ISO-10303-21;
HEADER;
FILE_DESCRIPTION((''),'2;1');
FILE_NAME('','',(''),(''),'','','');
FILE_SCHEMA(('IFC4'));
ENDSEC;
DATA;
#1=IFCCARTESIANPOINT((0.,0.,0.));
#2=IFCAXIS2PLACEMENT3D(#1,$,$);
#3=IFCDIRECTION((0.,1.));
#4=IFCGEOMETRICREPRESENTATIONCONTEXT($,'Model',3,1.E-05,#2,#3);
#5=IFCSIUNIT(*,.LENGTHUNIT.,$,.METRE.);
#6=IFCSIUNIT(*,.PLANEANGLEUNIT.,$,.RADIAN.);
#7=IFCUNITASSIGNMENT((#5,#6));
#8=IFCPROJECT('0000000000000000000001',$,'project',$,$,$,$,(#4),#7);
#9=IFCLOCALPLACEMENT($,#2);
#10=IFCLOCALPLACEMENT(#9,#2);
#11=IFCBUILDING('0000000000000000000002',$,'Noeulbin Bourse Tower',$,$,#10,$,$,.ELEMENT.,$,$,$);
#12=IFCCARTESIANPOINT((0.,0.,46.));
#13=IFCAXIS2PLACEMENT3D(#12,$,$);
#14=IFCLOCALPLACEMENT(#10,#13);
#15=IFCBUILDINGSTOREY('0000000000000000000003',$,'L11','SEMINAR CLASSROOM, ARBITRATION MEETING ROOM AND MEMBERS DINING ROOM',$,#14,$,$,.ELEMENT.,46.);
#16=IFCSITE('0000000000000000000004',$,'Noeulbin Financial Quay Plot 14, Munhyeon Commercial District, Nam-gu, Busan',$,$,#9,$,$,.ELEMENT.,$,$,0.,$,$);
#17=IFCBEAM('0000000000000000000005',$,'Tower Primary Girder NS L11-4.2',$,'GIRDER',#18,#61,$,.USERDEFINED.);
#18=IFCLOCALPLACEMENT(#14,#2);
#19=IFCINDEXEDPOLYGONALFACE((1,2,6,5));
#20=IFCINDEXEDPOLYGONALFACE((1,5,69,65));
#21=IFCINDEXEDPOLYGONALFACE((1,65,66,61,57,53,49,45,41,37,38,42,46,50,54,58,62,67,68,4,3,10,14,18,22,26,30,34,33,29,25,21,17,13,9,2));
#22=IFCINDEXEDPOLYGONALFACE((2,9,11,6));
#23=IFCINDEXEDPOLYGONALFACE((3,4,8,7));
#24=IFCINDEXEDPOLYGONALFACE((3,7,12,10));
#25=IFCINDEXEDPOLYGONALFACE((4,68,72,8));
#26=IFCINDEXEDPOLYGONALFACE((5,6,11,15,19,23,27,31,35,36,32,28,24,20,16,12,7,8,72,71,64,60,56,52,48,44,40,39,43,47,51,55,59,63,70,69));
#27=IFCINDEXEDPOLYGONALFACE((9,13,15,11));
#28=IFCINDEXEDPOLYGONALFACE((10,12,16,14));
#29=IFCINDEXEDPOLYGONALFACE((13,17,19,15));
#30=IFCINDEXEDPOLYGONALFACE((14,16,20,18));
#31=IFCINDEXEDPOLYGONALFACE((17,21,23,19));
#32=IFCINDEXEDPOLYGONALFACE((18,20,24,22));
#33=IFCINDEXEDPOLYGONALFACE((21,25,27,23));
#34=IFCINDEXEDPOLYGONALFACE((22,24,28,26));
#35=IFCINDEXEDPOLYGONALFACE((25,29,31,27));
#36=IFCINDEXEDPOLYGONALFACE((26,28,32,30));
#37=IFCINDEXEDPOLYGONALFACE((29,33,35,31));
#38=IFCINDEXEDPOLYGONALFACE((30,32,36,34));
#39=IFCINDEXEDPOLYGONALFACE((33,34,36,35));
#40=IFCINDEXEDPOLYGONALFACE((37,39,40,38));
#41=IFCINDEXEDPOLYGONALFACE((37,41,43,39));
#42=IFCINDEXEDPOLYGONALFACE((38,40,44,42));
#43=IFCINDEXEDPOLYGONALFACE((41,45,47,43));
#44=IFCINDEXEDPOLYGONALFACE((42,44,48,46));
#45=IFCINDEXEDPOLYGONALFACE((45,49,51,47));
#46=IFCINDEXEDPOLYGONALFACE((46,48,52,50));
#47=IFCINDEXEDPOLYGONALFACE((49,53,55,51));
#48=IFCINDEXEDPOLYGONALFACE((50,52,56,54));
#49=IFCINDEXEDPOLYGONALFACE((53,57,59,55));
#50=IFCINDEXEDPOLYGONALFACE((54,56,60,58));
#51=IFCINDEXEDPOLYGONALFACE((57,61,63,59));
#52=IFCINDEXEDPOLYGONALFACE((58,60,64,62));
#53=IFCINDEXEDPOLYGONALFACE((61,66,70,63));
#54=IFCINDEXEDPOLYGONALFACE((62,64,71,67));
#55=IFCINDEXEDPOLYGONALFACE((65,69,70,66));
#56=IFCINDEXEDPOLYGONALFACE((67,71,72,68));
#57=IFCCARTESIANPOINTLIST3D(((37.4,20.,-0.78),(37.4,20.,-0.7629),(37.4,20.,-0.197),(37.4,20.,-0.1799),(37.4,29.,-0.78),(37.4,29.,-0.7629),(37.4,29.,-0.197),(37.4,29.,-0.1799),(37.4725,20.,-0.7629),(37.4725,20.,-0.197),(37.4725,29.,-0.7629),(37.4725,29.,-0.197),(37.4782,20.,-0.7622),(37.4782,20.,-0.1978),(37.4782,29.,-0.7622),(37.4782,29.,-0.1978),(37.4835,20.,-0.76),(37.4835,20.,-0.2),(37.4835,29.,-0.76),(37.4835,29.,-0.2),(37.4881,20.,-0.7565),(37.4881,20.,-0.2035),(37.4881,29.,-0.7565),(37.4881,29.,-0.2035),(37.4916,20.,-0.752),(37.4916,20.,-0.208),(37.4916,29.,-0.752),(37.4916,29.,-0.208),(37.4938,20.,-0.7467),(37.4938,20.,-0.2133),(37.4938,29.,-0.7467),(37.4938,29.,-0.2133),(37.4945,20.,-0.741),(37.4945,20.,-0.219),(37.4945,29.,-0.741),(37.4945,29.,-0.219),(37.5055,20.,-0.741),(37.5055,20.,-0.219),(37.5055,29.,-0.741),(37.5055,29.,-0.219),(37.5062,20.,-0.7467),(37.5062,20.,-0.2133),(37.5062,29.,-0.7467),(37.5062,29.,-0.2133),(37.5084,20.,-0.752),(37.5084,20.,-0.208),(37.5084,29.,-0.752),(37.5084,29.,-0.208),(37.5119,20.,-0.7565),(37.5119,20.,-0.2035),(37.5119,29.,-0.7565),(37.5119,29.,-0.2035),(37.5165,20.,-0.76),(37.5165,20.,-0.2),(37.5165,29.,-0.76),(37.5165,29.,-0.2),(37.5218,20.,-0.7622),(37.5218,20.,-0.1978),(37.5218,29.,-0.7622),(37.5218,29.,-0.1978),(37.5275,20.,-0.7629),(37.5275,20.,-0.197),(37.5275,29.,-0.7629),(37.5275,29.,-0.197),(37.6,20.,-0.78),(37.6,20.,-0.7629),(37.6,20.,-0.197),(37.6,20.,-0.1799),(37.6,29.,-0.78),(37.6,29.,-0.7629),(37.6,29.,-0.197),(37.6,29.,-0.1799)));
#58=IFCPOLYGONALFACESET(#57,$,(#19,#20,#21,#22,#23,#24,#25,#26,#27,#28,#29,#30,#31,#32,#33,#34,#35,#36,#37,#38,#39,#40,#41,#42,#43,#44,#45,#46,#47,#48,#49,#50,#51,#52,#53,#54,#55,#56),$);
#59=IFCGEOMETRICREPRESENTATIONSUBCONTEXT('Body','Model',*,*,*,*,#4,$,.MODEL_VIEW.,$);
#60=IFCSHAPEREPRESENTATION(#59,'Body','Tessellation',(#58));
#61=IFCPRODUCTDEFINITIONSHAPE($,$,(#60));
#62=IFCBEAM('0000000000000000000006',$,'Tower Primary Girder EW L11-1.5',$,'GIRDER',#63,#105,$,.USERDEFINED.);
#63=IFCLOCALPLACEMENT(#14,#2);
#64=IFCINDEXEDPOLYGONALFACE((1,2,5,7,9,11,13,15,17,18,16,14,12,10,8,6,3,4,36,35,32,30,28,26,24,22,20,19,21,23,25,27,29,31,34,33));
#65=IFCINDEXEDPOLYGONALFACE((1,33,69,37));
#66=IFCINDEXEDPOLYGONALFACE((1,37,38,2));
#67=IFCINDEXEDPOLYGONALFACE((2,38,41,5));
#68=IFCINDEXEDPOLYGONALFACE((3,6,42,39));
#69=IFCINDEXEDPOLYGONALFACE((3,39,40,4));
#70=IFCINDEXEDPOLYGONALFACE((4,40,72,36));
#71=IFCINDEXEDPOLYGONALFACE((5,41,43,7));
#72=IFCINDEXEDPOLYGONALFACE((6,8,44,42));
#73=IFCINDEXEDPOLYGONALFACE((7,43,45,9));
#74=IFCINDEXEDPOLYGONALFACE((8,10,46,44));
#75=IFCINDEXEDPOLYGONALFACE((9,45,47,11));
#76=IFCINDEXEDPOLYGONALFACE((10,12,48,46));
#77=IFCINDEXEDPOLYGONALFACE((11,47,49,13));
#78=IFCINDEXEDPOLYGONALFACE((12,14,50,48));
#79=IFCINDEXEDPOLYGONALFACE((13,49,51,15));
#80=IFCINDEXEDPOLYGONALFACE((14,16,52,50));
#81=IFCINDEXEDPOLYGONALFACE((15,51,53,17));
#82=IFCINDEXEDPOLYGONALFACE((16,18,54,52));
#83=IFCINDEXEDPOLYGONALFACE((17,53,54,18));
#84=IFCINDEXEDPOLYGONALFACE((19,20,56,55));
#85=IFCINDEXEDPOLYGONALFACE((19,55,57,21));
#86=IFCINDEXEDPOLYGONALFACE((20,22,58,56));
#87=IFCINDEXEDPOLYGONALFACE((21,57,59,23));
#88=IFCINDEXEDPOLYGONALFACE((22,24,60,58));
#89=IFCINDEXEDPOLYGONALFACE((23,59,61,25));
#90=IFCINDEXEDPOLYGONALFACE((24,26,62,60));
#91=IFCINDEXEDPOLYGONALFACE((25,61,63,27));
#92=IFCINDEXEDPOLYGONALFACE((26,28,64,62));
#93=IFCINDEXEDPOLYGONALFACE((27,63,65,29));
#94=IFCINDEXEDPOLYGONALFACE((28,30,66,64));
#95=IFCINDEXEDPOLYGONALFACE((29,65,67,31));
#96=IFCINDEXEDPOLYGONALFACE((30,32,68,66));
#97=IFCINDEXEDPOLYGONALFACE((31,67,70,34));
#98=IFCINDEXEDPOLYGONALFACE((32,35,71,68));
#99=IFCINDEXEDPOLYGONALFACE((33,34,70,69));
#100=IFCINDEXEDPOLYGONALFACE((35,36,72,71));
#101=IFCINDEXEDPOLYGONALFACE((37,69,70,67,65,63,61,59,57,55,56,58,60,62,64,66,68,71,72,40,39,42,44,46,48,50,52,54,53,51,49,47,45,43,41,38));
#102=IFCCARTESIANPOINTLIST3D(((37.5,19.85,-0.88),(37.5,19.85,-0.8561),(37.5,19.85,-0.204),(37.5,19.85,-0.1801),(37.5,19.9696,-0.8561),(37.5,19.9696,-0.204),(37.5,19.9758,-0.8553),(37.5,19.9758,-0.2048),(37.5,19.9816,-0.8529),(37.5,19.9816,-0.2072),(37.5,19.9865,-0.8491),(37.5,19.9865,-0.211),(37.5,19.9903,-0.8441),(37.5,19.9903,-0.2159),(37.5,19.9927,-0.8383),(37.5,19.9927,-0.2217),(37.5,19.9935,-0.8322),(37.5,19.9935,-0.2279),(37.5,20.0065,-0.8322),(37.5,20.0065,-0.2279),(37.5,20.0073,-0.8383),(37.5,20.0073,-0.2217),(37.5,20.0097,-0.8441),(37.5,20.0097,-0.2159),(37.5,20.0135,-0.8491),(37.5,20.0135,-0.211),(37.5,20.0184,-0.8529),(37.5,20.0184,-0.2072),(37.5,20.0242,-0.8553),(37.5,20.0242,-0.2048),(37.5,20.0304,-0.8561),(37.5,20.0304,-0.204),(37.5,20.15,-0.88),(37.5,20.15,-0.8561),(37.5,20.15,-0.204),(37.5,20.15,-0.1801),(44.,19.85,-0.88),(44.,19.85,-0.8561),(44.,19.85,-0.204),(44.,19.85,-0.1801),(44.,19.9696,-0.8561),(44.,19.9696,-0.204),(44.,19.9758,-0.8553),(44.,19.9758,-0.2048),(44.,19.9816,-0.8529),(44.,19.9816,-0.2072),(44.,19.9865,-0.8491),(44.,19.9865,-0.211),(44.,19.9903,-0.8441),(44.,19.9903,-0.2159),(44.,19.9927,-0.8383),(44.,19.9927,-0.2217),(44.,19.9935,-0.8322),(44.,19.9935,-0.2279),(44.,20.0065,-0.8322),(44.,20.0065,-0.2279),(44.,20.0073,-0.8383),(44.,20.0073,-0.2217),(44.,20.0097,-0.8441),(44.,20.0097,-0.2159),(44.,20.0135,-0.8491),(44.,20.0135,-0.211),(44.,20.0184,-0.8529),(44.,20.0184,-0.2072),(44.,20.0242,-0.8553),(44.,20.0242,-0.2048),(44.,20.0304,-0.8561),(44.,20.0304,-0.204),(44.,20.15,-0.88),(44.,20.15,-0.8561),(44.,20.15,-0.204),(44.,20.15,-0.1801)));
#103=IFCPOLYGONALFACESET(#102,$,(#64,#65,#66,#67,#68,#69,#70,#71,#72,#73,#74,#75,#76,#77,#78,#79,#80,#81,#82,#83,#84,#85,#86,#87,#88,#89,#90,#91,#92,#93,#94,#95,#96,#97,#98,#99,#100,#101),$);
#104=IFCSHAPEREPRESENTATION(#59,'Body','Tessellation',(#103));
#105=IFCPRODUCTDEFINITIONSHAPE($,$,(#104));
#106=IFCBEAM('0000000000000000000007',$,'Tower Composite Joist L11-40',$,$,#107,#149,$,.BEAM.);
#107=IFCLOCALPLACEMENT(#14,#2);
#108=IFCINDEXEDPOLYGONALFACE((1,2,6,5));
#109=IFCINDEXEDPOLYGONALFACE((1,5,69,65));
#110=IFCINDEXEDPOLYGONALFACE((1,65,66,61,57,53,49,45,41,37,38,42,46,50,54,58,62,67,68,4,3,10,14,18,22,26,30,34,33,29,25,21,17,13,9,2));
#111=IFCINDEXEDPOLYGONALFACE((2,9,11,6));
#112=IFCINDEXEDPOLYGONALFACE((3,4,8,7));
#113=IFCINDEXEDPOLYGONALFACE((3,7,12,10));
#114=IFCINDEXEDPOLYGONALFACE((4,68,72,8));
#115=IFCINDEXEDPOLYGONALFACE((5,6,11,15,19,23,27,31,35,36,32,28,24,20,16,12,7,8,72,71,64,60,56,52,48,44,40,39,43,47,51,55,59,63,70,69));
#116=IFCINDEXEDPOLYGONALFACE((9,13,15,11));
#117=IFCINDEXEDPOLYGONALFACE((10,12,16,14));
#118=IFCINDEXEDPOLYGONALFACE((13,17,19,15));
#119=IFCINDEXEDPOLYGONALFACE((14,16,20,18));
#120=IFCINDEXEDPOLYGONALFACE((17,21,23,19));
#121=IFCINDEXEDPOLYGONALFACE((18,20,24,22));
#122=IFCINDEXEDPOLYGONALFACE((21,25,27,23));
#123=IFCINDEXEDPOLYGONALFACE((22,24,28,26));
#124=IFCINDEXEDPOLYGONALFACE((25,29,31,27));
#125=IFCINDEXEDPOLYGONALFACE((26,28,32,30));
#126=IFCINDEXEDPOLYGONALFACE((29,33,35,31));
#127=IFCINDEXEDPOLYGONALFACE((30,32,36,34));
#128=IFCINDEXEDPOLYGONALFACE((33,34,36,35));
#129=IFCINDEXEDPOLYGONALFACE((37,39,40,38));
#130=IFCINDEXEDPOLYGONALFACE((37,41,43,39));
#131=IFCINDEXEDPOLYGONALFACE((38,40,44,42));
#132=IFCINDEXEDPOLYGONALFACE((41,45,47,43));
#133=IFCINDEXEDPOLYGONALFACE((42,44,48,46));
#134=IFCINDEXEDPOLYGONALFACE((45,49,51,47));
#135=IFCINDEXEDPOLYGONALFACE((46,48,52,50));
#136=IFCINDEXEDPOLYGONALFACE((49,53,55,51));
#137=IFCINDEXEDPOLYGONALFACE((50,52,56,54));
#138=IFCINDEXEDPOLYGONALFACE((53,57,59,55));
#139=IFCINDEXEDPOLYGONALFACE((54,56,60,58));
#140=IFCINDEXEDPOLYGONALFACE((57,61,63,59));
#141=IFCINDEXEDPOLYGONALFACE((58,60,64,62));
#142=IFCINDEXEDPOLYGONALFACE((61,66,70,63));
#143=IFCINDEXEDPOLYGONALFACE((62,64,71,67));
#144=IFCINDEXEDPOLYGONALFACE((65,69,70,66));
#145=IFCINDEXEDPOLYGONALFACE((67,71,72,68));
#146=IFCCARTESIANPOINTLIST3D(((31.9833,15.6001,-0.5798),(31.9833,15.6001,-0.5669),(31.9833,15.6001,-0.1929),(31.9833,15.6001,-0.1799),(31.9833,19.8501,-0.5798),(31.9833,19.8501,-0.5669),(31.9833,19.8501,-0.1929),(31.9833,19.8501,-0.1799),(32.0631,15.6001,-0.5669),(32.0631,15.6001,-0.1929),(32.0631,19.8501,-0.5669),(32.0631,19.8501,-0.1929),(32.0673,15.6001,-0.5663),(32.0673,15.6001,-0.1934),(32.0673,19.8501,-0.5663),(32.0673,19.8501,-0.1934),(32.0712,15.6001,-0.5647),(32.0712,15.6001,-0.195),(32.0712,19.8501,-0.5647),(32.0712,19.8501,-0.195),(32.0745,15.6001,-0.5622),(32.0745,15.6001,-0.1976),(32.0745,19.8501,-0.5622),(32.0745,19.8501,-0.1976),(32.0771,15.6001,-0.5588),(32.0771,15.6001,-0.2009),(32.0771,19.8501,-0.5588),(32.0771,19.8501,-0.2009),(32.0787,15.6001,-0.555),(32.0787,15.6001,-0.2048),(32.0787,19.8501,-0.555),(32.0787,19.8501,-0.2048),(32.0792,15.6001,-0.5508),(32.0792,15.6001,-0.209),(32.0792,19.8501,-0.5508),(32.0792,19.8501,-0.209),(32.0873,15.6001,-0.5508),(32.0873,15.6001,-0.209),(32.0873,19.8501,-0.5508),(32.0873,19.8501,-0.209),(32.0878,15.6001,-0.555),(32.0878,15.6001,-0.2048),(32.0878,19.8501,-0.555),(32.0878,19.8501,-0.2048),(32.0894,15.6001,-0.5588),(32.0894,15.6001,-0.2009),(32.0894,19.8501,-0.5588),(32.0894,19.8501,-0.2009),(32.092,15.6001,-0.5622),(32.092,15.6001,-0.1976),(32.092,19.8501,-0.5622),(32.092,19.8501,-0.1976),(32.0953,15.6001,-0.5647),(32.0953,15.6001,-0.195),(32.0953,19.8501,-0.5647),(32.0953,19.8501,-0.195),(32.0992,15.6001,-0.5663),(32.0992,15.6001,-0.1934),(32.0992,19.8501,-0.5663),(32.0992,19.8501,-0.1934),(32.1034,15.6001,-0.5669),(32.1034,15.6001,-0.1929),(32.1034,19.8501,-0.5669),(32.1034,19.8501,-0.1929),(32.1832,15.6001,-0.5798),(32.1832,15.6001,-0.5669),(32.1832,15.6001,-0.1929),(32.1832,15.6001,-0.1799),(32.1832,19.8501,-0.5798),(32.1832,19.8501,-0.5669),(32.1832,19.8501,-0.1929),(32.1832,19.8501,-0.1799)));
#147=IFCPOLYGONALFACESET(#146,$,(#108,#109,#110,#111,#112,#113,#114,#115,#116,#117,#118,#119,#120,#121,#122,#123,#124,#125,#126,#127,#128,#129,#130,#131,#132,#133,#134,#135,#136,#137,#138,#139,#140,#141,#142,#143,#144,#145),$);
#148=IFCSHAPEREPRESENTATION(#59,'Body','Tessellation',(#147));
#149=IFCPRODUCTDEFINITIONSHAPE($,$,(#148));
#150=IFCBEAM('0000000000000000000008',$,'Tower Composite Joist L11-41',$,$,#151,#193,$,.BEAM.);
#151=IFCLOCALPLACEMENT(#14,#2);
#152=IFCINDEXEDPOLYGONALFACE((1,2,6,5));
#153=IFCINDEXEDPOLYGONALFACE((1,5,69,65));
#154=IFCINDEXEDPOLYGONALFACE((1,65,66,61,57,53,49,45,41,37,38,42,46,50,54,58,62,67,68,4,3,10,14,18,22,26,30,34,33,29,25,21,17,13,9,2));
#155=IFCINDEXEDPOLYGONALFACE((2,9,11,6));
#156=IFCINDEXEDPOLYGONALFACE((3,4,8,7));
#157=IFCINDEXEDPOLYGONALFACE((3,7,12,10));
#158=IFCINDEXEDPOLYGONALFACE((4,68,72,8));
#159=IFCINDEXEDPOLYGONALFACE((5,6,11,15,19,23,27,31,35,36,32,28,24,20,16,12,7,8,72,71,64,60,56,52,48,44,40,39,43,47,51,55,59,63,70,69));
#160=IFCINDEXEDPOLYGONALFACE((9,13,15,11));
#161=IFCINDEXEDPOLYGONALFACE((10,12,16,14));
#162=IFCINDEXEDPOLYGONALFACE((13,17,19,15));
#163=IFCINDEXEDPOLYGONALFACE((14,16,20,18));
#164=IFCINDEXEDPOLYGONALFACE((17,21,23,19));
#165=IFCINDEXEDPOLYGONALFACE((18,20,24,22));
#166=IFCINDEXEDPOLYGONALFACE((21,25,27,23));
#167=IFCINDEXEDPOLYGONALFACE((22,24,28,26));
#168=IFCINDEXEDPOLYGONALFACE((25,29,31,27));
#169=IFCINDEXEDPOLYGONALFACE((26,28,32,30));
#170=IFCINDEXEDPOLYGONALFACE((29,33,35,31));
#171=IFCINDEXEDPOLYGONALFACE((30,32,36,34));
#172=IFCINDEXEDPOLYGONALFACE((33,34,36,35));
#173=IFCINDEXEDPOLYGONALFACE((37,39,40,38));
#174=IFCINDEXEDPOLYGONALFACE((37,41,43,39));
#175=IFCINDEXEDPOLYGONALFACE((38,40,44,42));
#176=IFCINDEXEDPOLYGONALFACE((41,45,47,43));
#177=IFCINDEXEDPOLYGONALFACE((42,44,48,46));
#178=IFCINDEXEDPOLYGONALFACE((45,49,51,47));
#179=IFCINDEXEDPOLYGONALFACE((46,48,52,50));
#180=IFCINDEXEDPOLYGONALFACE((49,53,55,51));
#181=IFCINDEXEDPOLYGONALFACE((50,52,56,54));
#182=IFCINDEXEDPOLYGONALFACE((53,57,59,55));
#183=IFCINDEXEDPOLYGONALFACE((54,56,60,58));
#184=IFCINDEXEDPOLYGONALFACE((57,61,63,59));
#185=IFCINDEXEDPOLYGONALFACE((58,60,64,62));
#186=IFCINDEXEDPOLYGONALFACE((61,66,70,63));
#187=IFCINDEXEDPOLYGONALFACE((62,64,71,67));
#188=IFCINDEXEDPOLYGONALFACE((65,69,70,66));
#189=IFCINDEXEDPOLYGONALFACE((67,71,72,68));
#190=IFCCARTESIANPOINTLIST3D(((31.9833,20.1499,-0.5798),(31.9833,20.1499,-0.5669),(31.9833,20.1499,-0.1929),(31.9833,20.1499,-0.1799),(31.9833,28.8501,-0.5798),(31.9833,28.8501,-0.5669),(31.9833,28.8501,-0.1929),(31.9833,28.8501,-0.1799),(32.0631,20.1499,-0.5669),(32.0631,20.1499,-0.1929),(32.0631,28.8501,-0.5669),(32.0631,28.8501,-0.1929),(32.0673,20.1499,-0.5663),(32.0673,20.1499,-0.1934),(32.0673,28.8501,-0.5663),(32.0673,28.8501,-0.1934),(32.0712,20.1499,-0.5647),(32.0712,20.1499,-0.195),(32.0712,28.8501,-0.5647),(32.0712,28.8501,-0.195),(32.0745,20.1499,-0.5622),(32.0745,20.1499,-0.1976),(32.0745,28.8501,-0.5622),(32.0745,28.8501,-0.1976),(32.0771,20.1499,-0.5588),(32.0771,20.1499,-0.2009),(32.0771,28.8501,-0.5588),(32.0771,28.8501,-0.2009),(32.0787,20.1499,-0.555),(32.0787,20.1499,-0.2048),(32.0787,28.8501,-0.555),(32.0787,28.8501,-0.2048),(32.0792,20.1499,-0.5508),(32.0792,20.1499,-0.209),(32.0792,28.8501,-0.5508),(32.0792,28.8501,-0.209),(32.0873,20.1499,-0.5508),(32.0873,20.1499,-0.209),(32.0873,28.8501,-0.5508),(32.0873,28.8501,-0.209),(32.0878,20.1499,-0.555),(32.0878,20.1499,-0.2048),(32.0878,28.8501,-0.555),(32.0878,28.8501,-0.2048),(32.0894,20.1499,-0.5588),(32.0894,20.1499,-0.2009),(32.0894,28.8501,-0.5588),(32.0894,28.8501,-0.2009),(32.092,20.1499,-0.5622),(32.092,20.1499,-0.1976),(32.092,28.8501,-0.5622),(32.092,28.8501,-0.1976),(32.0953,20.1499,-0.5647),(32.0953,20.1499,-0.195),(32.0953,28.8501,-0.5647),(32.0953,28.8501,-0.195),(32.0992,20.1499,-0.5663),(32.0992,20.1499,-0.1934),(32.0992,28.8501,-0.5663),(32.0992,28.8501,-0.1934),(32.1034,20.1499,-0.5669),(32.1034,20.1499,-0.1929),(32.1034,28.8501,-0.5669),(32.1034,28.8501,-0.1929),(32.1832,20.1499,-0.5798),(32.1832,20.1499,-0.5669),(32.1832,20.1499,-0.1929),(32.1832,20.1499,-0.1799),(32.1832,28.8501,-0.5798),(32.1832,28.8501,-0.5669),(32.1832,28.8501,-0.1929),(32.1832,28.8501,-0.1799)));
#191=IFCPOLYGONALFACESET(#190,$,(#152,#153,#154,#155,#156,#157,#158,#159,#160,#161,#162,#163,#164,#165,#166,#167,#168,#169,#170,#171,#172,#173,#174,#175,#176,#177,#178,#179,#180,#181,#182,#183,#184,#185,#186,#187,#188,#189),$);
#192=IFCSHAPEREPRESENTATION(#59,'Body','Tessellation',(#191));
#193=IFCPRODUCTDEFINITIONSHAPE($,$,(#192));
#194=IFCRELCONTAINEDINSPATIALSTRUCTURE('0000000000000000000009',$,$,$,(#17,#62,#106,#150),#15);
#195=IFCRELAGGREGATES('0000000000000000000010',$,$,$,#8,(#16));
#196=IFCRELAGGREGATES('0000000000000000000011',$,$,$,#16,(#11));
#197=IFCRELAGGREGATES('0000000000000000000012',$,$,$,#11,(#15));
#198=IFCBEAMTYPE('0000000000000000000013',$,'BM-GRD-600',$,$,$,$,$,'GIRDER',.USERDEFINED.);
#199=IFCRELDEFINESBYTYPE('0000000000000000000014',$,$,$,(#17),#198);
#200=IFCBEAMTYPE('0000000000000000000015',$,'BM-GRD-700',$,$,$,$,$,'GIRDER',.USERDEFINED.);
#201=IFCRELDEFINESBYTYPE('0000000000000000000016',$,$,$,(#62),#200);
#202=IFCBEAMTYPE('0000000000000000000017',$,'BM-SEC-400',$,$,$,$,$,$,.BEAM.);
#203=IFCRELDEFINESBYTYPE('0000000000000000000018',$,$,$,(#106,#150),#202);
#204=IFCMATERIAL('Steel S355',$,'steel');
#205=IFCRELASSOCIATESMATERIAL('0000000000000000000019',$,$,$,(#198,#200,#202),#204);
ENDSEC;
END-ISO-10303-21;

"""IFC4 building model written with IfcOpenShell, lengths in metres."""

from ifc_helpers import new_model, si_unit, direction, frame, origin, origin_2d, place, context, subcontext, project, spatial, i_section, extrude, material, material_profile, profile_set, type_object, element, save


model = new_model("IFC4")

# Units and contexts
model_context = context("Model", 3, precision=1e-05, world=origin(), true_north=direction((0.0, 1.0)))
body_context = subcontext(model_context, "Body", "Model", "MODEL_VIEW")
ifc_project = project(units=[si_unit("LENGTHUNIT", "METRE"), si_unit("PLANEANGLEUNIT", "RADIAN")], contexts=[model_context])

# Site, building, storey
site_placement = place(None, origin())
site = spatial("IfcSite", under=ifc_project, at=site_placement, Name="Noeulbin Financial Quay Plot 14, Munhyeon Commercial District, Nam-gu, Busan", CompositionType="ELEMENT", RefElevation=0.0)
building_placement = place(site_placement, origin())
building = spatial("IfcBuilding", under=site, at=building_placement, Name="Noeulbin Bourse Tower", CompositionType="ELEMENT")
storey_placement = place(building_placement, frame((0.0, 0.0, 46.0)))
storey = spatial("IfcBuildingStorey", under=building, at=storey_placement, Name="L11", Description="SEMINAR CLASSROOM, ARBITRATION MEETING ROOM AND MEMBERS DINING ROOM", CompositionType="ELEMENT", Elevation=46.0)

# Beams
ifc_material_1 = material(Name="Steel S355", Category="steel")
ifc_material_profile_1 = material_profile(ifc_material_1, i_section(OverallWidth=0.2, OverallDepth=0.6001, WebThickness=0.011, FlangeThickness=0.0171, FilletRadius=0.022, at=origin_2d()), Name="H-600x200x11x17", Category="LoadBearing")
ifc_profile_set_1 = profile_set([ifc_material_profile_1], Name="Steel S355")
beam_type_1 = type_object("IfcBeamType", Name="BM-GRD-600", ElementType="GIRDER", PredefinedType="USERDEFINED", material=ifc_profile_set_1)
beam_1_placement = place(storey_placement, frame((37.5, 20.0, -0.48), z_axis=(0.0, 1.0, 0.0), x_axis=(-1.0, 0.0, 0.0)))
element("IfcBeam", 1, at=beam_1_placement, inside=storey, type_object=beam_type_1, Name="Tower Primary Girder NS L11-4.2", ObjectType="GIRDER", PredefinedType="USERDEFINED", context=body_context, shape_type="SweptSolid", body=[
    extrude(i_section(OverallWidth=0.2, OverallDepth=0.6001, WebThickness=0.011, FlangeThickness=0.0171, FilletRadius=0.022, at=origin_2d()), origin(), (0.0, 0.0, 1.0), 9.0),
])
ifc_material_profile_2 = material_profile(ifc_material_1, i_section(OverallWidth=0.3, OverallDepth=0.7, WebThickness=0.0129, FlangeThickness=0.0239, FilletRadius=0.0239, at=origin_2d()), Name="H-700x300x13x24", Category="LoadBearing")
ifc_profile_set_2 = profile_set([ifc_material_profile_2], Name="Steel S355")
beam_type_2 = type_object("IfcBeamType", Name="BM-GRD-700", ElementType="GIRDER", PredefinedType="USERDEFINED", material=ifc_profile_set_2)
beam_2_placement = place(storey_placement, frame((37.5, 20.0, -0.53), z_axis=(1.0, 0.0, 0.0), x_axis=(0.0, 1.0, 0.0)))
element("IfcBeam", 2, at=beam_2_placement, inside=storey, type_object=beam_type_2, Name="Tower Primary Girder EW L11-1.5", ObjectType="GIRDER", PredefinedType="USERDEFINED", context=body_context, shape_type="SweptSolid", body=[
    extrude(i_section(OverallWidth=0.3, OverallDepth=0.7, WebThickness=0.0129, FlangeThickness=0.0239, FilletRadius=0.0239, at=origin_2d()), origin(), (0.0, 0.0, 1.0), 6.5),
])
ifc_material_profile_3 = material_profile(ifc_material_1, i_section(OverallWidth=0.2, OverallDepth=0.3999, WebThickness=0.0081, FlangeThickness=0.0129, FilletRadius=0.0161, at=origin_2d()), Name="H-400x200x8x13", Category="LoadBearing")
ifc_profile_set_3 = profile_set([ifc_material_profile_3], Name="Steel S355")
beam_type_3 = type_object("IfcBeamType", Name="BM-SEC-400", PredefinedType="BEAM", material=ifc_profile_set_3)
beam_3_placement = place(storey_placement, frame((32.0833, 15.6001, -0.3799), z_axis=(0.0, 1.0, 0.0), x_axis=(-1.0, 0.0, 0.0)))
element("IfcBeam", 3, at=beam_3_placement, inside=storey, type_object=beam_type_3, Name="Tower Composite Joist L11-40", PredefinedType="BEAM", context=body_context, shape_type="SweptSolid", body=[
    extrude(i_section(OverallWidth=0.2, OverallDepth=0.3999, WebThickness=0.0081, FlangeThickness=0.0129, FilletRadius=0.0161, at=origin_2d()), origin(), (0.0, 0.0, 1.0), 4.25),
])
beam_4_placement = place(storey_placement, frame((32.0833, 20.1499, -0.3799), z_axis=(0.0, 1.0, 0.0), x_axis=(-1.0, 0.0, 0.0)))
element("IfcBeam", 4, at=beam_4_placement, inside=storey, type_object=beam_type_3, Name="Tower Composite Joist L11-41", PredefinedType="BEAM", context=body_context, shape_type="SweptSolid", body=[
    extrude(i_section(OverallWidth=0.2, OverallDepth=0.3999, WebThickness=0.0081, FlangeThickness=0.0129, FilletRadius=0.0161, at=origin_2d()), origin(), (0.0, 0.0, 1.0), 8.7002),
])

save(model, "model.ifc")
